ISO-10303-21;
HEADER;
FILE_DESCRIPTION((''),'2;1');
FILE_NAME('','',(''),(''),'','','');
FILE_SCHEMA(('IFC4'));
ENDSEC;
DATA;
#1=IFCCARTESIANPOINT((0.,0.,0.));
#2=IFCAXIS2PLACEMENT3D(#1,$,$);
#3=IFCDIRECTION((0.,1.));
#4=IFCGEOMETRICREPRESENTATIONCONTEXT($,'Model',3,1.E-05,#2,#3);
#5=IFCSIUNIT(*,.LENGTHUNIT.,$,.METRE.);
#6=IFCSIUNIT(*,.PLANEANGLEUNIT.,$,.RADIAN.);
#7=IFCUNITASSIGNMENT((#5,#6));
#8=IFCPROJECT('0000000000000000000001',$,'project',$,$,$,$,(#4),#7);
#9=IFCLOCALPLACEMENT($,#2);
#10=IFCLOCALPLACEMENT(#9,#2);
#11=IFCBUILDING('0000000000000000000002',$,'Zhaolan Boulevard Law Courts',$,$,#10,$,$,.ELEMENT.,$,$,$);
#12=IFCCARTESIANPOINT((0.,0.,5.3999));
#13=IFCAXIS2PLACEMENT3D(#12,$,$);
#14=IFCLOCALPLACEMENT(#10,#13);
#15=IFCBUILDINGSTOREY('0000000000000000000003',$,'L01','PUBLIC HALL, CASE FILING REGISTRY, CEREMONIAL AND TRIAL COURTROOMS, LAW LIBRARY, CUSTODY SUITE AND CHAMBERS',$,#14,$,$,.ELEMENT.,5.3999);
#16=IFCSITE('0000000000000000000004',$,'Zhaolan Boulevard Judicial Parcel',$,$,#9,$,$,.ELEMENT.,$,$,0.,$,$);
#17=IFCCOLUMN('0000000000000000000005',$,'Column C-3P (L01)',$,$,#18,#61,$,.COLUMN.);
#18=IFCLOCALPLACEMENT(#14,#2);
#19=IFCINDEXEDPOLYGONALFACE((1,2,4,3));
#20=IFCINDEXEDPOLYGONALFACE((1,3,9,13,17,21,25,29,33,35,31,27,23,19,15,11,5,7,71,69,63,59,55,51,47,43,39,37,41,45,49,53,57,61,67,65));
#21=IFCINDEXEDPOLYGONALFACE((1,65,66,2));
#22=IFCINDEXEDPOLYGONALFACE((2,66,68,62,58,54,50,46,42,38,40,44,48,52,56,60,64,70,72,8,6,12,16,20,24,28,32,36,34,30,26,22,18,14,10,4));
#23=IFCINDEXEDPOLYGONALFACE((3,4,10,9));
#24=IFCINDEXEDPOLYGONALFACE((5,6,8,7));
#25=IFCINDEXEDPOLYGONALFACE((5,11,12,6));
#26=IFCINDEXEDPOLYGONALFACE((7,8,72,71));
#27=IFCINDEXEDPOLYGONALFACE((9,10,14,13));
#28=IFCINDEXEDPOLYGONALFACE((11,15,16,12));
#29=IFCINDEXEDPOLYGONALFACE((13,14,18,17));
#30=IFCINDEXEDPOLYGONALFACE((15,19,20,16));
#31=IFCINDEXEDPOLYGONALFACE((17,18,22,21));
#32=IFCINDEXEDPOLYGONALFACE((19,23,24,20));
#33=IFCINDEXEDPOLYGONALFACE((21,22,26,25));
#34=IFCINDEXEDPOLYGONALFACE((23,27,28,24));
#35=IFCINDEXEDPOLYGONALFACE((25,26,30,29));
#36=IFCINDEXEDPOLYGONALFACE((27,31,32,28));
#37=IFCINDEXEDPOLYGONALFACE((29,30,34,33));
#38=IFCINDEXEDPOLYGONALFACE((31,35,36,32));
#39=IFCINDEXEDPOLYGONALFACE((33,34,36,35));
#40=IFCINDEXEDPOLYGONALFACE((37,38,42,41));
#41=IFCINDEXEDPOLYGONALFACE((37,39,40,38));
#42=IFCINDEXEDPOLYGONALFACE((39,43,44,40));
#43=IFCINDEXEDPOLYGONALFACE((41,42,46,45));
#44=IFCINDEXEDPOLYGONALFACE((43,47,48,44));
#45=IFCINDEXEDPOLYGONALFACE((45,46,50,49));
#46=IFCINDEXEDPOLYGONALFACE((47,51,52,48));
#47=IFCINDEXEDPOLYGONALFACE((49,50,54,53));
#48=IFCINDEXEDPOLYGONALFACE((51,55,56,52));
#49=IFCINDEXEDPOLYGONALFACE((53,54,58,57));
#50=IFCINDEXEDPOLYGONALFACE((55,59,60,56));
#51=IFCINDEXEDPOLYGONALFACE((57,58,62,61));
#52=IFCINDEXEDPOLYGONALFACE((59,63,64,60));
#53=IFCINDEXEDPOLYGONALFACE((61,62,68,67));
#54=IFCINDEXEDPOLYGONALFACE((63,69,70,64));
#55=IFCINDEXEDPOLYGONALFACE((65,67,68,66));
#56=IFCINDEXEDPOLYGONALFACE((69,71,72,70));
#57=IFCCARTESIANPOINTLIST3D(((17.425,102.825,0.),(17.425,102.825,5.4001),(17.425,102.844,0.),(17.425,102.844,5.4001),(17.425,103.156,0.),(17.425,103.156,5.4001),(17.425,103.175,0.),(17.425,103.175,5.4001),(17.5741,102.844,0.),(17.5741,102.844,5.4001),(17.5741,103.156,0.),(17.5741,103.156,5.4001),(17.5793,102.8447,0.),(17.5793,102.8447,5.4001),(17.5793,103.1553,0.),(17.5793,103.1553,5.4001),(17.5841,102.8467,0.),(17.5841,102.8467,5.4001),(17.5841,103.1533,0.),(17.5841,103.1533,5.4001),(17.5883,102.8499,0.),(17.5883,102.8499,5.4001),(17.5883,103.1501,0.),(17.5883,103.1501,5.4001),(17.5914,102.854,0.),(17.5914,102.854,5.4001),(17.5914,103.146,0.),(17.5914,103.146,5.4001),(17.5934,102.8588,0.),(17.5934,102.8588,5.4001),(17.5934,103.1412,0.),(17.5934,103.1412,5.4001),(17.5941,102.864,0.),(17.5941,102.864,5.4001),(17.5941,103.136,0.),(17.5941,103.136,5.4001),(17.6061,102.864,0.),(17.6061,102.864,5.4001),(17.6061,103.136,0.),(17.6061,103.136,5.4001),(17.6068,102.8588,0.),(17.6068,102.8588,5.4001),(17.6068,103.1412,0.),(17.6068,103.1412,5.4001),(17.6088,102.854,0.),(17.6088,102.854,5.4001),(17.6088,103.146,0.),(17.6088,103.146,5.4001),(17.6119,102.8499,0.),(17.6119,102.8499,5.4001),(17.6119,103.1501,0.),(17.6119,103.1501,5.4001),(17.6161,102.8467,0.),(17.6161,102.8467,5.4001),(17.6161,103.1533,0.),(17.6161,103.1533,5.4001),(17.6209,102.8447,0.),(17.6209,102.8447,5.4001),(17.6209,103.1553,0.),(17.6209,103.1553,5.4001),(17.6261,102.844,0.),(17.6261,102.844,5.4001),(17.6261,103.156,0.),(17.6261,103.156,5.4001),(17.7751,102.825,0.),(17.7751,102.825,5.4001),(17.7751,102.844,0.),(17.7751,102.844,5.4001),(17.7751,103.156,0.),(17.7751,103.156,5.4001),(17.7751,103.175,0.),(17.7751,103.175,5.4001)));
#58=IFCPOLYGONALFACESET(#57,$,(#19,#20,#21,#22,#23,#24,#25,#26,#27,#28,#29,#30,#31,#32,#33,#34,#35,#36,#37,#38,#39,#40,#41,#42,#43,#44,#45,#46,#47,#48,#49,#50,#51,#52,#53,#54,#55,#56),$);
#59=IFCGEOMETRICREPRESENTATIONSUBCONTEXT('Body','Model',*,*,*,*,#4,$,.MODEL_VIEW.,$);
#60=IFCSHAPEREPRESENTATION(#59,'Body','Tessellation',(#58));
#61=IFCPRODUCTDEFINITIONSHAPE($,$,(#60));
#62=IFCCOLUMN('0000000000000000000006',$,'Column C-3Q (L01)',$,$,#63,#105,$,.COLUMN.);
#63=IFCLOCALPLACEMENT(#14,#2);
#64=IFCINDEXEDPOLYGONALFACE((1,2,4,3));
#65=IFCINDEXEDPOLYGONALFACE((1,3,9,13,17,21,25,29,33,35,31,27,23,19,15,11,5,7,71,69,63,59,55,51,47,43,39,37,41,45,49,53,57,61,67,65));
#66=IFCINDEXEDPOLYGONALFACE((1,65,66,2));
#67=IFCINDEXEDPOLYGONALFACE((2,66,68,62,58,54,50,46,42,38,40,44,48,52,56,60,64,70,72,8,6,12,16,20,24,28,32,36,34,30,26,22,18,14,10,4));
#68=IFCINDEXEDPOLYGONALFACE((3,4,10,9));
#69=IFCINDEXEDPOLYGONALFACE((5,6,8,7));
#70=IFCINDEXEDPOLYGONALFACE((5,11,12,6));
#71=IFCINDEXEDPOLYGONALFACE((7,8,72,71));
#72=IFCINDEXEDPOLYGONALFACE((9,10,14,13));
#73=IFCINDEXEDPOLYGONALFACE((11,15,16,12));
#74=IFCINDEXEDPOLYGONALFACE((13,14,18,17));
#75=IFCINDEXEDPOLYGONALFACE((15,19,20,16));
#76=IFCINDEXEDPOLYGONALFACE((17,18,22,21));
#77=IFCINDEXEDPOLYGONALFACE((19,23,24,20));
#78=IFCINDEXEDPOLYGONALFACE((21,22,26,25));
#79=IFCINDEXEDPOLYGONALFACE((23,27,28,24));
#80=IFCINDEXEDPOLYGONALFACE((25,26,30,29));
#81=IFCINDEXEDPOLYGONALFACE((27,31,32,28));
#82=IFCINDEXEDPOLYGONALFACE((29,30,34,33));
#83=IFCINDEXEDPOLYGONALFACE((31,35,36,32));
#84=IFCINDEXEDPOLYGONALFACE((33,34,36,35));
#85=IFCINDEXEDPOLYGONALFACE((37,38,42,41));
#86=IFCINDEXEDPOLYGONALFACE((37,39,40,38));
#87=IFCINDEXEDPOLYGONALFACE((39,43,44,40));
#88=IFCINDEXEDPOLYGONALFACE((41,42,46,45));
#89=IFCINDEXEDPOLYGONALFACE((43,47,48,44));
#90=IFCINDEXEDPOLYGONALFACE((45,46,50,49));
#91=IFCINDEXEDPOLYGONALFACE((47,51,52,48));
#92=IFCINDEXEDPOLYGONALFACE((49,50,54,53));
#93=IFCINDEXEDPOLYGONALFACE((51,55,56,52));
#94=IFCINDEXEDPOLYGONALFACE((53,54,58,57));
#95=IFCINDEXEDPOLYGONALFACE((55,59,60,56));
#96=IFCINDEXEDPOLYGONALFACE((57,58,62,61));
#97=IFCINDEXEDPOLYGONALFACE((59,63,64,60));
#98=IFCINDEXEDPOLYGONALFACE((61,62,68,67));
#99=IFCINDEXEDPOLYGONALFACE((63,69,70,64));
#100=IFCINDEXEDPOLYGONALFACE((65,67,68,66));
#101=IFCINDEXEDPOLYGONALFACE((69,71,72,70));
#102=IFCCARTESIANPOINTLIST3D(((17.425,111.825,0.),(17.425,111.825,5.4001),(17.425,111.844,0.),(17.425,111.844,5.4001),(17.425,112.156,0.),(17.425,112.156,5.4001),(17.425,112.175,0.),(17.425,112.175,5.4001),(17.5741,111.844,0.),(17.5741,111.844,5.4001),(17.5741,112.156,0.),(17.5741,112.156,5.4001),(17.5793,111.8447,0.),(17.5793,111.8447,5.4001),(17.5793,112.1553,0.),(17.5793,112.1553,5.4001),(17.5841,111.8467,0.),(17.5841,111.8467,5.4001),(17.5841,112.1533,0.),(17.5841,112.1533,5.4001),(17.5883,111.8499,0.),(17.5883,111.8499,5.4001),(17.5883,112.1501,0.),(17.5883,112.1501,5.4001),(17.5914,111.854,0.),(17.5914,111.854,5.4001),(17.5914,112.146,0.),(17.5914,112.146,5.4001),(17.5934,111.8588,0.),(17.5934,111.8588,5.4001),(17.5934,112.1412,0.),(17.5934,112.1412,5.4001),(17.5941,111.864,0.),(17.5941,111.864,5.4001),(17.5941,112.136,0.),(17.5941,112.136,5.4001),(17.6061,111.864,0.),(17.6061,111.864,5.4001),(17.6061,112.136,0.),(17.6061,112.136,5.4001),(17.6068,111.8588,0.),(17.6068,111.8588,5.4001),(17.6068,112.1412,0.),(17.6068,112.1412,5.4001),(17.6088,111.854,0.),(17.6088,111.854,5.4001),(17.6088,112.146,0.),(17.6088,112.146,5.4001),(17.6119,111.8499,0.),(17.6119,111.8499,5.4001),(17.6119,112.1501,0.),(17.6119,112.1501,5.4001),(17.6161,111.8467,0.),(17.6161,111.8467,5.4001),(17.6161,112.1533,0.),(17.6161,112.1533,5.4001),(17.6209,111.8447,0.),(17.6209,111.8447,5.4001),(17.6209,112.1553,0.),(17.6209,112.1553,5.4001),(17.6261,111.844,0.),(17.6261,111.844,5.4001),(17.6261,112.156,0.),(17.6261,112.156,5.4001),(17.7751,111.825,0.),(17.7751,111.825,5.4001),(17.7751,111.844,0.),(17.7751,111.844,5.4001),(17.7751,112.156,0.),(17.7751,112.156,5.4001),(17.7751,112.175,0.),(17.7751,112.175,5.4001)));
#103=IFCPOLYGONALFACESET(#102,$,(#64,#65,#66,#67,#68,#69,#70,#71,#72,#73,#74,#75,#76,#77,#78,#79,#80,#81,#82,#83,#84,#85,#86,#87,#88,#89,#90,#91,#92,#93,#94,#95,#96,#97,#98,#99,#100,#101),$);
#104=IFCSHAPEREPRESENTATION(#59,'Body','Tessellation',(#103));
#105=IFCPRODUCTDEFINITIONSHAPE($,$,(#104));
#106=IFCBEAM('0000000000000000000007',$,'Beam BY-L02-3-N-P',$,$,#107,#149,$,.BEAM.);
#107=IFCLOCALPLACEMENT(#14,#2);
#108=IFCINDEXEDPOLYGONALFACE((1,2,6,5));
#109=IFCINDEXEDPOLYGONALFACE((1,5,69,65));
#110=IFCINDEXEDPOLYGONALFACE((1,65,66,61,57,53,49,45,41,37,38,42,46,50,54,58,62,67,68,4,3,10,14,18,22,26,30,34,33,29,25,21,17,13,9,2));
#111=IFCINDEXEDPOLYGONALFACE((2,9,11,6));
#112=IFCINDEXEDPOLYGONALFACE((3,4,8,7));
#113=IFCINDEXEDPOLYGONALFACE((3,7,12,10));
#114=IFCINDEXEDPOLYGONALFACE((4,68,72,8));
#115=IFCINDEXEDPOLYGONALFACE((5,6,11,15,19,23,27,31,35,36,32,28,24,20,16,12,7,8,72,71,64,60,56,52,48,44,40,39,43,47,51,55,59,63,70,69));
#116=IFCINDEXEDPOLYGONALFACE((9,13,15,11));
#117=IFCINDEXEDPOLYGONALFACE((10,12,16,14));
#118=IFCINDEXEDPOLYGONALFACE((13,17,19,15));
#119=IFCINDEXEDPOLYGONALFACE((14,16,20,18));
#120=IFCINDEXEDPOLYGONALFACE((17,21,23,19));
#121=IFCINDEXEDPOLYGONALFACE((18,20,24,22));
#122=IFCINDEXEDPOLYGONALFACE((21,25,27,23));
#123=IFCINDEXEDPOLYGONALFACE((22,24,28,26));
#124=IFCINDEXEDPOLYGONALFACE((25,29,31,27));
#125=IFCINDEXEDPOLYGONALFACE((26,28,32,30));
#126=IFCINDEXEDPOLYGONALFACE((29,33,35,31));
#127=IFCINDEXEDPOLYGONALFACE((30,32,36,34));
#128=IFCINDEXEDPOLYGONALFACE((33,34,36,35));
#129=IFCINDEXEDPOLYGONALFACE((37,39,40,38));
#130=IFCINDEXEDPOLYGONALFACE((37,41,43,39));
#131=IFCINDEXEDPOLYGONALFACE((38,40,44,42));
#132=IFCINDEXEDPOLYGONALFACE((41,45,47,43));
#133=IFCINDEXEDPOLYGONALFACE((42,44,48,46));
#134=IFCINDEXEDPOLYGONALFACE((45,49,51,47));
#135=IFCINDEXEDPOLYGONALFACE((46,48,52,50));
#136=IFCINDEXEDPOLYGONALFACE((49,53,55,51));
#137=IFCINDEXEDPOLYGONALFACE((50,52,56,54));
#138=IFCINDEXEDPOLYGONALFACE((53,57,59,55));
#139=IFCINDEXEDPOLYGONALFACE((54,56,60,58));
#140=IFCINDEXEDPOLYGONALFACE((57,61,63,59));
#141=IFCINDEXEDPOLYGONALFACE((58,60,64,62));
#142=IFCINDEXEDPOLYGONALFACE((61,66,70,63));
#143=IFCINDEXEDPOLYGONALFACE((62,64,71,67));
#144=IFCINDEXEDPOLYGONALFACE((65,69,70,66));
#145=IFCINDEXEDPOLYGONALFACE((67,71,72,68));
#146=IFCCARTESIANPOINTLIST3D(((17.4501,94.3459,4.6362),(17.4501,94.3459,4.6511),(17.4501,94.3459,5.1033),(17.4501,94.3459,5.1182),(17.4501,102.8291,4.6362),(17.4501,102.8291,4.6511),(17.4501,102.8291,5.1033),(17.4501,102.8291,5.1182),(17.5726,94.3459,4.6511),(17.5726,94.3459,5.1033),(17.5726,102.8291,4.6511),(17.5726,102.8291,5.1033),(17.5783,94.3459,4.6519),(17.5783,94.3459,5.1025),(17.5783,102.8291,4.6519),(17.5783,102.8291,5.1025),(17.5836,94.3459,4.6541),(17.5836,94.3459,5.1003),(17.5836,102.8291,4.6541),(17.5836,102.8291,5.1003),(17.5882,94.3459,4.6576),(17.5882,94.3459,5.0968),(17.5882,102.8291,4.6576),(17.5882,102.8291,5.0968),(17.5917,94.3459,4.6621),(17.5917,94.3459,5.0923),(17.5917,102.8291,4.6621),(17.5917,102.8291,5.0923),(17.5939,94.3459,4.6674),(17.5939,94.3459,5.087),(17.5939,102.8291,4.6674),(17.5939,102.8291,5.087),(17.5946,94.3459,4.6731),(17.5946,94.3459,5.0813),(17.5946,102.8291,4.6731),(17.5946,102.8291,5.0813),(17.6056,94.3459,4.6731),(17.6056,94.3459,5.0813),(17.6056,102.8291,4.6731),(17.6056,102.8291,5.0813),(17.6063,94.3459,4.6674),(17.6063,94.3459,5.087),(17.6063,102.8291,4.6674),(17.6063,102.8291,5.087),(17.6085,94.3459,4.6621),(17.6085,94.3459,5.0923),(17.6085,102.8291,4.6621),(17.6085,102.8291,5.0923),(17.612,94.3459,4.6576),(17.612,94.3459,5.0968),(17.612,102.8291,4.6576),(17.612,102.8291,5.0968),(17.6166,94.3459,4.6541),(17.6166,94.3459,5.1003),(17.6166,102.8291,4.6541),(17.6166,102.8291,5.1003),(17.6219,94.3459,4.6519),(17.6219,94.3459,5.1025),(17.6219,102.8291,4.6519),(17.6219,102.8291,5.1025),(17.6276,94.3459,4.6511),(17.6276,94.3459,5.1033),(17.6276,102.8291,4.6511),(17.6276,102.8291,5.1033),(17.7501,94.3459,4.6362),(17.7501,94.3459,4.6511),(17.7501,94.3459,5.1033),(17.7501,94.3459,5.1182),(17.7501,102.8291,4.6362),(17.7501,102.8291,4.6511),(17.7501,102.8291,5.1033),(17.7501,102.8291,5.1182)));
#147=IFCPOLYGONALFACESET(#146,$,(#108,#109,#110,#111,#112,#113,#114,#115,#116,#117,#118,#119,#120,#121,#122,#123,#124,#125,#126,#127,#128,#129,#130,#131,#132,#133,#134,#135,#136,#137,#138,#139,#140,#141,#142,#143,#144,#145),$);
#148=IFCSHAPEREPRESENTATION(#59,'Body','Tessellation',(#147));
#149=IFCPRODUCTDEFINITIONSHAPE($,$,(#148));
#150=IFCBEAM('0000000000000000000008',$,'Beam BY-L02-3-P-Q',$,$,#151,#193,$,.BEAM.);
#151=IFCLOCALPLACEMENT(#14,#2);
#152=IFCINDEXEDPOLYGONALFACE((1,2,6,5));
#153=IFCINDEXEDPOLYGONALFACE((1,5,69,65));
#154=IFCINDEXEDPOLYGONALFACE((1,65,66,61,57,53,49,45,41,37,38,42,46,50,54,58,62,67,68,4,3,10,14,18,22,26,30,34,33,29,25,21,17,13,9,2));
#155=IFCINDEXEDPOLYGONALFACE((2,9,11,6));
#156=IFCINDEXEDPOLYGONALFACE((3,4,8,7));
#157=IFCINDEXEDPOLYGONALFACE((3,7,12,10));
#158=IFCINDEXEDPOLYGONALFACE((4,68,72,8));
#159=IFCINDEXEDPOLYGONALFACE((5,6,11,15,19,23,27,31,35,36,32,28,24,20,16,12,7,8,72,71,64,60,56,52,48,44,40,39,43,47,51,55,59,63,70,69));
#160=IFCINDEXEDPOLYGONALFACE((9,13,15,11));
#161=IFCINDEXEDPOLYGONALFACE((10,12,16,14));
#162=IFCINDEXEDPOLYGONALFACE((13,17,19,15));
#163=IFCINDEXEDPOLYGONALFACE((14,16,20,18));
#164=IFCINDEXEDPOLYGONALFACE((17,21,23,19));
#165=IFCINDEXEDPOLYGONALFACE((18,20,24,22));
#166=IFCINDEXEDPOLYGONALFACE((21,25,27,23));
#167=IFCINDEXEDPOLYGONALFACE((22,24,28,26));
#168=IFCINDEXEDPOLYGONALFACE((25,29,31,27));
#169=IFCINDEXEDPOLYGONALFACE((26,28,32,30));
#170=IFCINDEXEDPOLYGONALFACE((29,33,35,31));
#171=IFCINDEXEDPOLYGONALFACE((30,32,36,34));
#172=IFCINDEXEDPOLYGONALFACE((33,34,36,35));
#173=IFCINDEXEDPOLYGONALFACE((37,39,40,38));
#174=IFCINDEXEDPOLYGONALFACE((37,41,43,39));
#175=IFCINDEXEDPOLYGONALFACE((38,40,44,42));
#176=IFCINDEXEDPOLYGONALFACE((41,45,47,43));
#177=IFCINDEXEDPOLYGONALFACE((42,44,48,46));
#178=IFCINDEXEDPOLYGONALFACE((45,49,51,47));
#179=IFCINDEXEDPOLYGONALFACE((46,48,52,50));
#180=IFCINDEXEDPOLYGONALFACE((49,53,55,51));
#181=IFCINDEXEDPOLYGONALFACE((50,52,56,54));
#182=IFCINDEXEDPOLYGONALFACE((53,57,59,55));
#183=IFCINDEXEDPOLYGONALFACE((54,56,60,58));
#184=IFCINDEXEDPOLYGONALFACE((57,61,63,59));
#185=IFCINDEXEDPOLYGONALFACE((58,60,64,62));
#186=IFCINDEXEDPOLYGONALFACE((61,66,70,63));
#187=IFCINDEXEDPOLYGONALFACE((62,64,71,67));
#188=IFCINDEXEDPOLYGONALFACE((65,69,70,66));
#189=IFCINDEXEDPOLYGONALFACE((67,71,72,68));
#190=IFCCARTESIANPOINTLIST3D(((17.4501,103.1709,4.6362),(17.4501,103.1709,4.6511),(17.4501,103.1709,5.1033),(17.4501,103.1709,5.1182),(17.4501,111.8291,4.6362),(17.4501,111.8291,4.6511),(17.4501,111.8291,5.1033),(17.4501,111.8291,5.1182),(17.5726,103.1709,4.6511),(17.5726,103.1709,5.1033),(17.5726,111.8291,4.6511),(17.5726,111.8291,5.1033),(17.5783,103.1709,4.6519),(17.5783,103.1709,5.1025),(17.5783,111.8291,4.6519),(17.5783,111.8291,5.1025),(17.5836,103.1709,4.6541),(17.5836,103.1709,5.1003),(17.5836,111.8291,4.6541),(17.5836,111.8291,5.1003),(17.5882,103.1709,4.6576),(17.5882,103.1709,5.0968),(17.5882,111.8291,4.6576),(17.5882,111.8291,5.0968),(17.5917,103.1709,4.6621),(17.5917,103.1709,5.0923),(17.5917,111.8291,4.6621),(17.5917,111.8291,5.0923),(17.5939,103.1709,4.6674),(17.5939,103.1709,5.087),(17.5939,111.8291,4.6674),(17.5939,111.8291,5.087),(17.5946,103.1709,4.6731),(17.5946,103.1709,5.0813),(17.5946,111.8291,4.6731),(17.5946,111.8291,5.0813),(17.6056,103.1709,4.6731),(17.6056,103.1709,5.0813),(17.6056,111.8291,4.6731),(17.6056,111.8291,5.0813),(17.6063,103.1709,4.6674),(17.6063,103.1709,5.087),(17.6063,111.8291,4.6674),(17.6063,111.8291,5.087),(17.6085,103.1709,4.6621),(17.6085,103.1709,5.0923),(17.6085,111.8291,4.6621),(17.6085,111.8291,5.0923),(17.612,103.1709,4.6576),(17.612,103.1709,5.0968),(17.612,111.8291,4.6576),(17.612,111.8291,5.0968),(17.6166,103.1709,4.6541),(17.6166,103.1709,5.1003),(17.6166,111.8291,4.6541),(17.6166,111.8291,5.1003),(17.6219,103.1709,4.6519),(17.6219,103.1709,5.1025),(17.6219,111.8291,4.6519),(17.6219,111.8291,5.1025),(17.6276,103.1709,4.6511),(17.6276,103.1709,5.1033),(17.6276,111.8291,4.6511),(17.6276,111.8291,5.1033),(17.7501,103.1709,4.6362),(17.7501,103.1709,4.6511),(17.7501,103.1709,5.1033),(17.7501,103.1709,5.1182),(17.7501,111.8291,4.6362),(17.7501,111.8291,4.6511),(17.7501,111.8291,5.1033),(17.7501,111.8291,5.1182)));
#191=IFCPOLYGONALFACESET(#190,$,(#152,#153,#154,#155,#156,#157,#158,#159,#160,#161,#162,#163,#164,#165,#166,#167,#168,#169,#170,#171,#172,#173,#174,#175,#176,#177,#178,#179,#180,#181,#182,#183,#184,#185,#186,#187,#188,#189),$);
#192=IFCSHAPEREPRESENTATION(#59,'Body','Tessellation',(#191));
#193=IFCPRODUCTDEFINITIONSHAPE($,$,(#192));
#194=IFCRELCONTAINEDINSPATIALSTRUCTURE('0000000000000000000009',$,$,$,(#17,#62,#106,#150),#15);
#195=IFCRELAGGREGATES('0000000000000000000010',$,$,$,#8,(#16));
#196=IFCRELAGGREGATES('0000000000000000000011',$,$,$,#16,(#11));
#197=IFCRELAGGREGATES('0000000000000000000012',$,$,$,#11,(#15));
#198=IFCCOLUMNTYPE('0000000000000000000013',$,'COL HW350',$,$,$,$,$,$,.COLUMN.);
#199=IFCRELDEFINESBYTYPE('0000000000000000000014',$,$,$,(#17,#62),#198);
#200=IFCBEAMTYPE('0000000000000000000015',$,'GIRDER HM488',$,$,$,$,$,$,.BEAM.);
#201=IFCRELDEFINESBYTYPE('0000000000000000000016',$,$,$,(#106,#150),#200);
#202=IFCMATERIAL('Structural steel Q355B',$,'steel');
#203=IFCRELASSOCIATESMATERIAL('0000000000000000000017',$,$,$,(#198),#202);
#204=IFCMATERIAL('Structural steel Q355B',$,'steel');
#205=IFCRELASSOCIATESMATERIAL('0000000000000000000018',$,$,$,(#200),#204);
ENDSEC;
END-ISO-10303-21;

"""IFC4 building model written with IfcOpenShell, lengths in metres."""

from ifc_helpers import new_model, si_unit, direction, frame, origin, origin_2d, place, context, subcontext, project, spatial, i_section, extrude, material, material_profile, profile_set, type_object, element, save


model = new_model("IFC4")

# Units and contexts
model_context = context("Model", 3, precision=1e-05, world=origin(), true_north=direction((0.0, 1.0)))
body_context = subcontext(model_context, "Body", "Model", "MODEL_VIEW")
ifc_project = project(units=[si_unit("LENGTHUNIT", "METRE"), si_unit("PLANEANGLEUNIT", "RADIAN")], contexts=[model_context])

# Site, building, storey
site_placement = place(None, origin())
site = spatial("IfcSite", under=ifc_project, at=site_placement, Name="Zhaolan Boulevard Judicial Parcel", CompositionType="ELEMENT", RefElevation=0.0)
building_placement = place(site_placement, origin())
building = spatial("IfcBuilding", under=site, at=building_placement, Name="Zhaolan Boulevard Law Courts", CompositionType="ELEMENT")
storey_placement = place(building_placement, frame((0.0, 0.0, 5.3999)))
storey = spatial("IfcBuildingStorey", under=building, at=storey_placement, Name="L01", Description="PUBLIC HALL, CASE FILING REGISTRY, CEREMONIAL AND TRIAL COURTROOMS, LAW LIBRARY, CUSTODY SUITE AND CHAMBERS", CompositionType="ELEMENT", Elevation=5.3999)

# Columns
ifc_material_1 = material(Name="Structural steel Q355B", Category="steel")
ifc_material_profile_1 = material_profile(ifc_material_1, i_section(OverallWidth=0.3501, OverallDepth=0.3501, WebThickness=0.012, FlangeThickness=0.019, FilletRadius=0.02, at=origin_2d()), Name="HW350x350")
ifc_profile_set_1 = profile_set([ifc_material_profile_1], Name="Structural steel Q355B")
column_type = type_object("IfcColumnType", Name="COL HW350", PredefinedType="COLUMN", material=ifc_profile_set_1)
for number, where, z_axis, x_axis, name in (
    (1, (17.6001, 103.0, 0.0), (0.0, 0.0, 1.0), (1.0, 0.0, 0.0), "Column C-3P (L01)"),
    (2, (17.6001, 112.0, 0.0), (0.0, 0.0, 1.0), (1.0, 0.0, 0.0), "Column C-3Q (L01)"),
):
    element("IfcColumn", number, at=place(storey_placement, frame(where, z_axis=z_axis, x_axis=x_axis)), inside=storey, type_object=column_type, Name=name, PredefinedType="COLUMN", context=body_context, shape_type="SweptSolid", body=[
        extrude(i_section(OverallWidth=0.3501, OverallDepth=0.3501, WebThickness=0.012, FlangeThickness=0.019, FilletRadius=0.02, at=origin_2d()), origin(), (0.0, 0.0, 1.0), 5.4001),
    ])

# Beams
ifc_material_2 = material(Name="Structural steel Q355B", Category="steel")
ifc_material_profile_2 = material_profile(ifc_material_2, i_section(OverallWidth=0.3, OverallDepth=0.4819, WebThickness=0.011, FlangeThickness=0.0149, FilletRadius=0.022, at=origin_2d()), Name="HM482x300")
ifc_profile_set_2 = profile_set([ifc_material_profile_2], Name="Structural steel Q355B")
beam_type_1 = type_object("IfcBeamType", Name="GIRDER HM488", PredefinedType="BEAM", material=ifc_profile_set_2)
beam_1_placement = place(storey_placement, frame((17.6001, 94.3459, 4.8772), z_axis=(0.0, 1.0, 0.0), x_axis=(-1.0, 0.0, 0.0)))
element("IfcBeam", 3, at=beam_1_placement, inside=storey, type_object=beam_type_1, Name="Beam BY-L02-3-N-P", PredefinedType="BEAM", context=body_context, shape_type="SweptSolid", body=[
    extrude(i_section(OverallWidth=0.3, OverallDepth=0.4819, WebThickness=0.011, FlangeThickness=0.0149, FilletRadius=0.022, at=origin_2d()), origin(), (0.0, 0.0, 1.0), 8.4832),
])
beam_2_placement = place(storey_placement, frame((17.6001, 103.1709, 4.8772), z_axis=(0.0, 1.0, 0.0), x_axis=(-1.0, 0.0, 0.0)))
element("IfcBeam", 4, at=beam_2_placement, inside=storey, type_object=beam_type_1, Name="Beam BY-L02-3-P-Q", PredefinedType="BEAM", context=body_context, shape_type="SweptSolid", body=[
    extrude(i_section(OverallWidth=0.3, OverallDepth=0.4819, WebThickness=0.011, FlangeThickness=0.0149, FilletRadius=0.022, at=origin_2d()), origin(), (0.0, 0.0, 1.0), 8.6582),
])

save(model, "model.ifc")
